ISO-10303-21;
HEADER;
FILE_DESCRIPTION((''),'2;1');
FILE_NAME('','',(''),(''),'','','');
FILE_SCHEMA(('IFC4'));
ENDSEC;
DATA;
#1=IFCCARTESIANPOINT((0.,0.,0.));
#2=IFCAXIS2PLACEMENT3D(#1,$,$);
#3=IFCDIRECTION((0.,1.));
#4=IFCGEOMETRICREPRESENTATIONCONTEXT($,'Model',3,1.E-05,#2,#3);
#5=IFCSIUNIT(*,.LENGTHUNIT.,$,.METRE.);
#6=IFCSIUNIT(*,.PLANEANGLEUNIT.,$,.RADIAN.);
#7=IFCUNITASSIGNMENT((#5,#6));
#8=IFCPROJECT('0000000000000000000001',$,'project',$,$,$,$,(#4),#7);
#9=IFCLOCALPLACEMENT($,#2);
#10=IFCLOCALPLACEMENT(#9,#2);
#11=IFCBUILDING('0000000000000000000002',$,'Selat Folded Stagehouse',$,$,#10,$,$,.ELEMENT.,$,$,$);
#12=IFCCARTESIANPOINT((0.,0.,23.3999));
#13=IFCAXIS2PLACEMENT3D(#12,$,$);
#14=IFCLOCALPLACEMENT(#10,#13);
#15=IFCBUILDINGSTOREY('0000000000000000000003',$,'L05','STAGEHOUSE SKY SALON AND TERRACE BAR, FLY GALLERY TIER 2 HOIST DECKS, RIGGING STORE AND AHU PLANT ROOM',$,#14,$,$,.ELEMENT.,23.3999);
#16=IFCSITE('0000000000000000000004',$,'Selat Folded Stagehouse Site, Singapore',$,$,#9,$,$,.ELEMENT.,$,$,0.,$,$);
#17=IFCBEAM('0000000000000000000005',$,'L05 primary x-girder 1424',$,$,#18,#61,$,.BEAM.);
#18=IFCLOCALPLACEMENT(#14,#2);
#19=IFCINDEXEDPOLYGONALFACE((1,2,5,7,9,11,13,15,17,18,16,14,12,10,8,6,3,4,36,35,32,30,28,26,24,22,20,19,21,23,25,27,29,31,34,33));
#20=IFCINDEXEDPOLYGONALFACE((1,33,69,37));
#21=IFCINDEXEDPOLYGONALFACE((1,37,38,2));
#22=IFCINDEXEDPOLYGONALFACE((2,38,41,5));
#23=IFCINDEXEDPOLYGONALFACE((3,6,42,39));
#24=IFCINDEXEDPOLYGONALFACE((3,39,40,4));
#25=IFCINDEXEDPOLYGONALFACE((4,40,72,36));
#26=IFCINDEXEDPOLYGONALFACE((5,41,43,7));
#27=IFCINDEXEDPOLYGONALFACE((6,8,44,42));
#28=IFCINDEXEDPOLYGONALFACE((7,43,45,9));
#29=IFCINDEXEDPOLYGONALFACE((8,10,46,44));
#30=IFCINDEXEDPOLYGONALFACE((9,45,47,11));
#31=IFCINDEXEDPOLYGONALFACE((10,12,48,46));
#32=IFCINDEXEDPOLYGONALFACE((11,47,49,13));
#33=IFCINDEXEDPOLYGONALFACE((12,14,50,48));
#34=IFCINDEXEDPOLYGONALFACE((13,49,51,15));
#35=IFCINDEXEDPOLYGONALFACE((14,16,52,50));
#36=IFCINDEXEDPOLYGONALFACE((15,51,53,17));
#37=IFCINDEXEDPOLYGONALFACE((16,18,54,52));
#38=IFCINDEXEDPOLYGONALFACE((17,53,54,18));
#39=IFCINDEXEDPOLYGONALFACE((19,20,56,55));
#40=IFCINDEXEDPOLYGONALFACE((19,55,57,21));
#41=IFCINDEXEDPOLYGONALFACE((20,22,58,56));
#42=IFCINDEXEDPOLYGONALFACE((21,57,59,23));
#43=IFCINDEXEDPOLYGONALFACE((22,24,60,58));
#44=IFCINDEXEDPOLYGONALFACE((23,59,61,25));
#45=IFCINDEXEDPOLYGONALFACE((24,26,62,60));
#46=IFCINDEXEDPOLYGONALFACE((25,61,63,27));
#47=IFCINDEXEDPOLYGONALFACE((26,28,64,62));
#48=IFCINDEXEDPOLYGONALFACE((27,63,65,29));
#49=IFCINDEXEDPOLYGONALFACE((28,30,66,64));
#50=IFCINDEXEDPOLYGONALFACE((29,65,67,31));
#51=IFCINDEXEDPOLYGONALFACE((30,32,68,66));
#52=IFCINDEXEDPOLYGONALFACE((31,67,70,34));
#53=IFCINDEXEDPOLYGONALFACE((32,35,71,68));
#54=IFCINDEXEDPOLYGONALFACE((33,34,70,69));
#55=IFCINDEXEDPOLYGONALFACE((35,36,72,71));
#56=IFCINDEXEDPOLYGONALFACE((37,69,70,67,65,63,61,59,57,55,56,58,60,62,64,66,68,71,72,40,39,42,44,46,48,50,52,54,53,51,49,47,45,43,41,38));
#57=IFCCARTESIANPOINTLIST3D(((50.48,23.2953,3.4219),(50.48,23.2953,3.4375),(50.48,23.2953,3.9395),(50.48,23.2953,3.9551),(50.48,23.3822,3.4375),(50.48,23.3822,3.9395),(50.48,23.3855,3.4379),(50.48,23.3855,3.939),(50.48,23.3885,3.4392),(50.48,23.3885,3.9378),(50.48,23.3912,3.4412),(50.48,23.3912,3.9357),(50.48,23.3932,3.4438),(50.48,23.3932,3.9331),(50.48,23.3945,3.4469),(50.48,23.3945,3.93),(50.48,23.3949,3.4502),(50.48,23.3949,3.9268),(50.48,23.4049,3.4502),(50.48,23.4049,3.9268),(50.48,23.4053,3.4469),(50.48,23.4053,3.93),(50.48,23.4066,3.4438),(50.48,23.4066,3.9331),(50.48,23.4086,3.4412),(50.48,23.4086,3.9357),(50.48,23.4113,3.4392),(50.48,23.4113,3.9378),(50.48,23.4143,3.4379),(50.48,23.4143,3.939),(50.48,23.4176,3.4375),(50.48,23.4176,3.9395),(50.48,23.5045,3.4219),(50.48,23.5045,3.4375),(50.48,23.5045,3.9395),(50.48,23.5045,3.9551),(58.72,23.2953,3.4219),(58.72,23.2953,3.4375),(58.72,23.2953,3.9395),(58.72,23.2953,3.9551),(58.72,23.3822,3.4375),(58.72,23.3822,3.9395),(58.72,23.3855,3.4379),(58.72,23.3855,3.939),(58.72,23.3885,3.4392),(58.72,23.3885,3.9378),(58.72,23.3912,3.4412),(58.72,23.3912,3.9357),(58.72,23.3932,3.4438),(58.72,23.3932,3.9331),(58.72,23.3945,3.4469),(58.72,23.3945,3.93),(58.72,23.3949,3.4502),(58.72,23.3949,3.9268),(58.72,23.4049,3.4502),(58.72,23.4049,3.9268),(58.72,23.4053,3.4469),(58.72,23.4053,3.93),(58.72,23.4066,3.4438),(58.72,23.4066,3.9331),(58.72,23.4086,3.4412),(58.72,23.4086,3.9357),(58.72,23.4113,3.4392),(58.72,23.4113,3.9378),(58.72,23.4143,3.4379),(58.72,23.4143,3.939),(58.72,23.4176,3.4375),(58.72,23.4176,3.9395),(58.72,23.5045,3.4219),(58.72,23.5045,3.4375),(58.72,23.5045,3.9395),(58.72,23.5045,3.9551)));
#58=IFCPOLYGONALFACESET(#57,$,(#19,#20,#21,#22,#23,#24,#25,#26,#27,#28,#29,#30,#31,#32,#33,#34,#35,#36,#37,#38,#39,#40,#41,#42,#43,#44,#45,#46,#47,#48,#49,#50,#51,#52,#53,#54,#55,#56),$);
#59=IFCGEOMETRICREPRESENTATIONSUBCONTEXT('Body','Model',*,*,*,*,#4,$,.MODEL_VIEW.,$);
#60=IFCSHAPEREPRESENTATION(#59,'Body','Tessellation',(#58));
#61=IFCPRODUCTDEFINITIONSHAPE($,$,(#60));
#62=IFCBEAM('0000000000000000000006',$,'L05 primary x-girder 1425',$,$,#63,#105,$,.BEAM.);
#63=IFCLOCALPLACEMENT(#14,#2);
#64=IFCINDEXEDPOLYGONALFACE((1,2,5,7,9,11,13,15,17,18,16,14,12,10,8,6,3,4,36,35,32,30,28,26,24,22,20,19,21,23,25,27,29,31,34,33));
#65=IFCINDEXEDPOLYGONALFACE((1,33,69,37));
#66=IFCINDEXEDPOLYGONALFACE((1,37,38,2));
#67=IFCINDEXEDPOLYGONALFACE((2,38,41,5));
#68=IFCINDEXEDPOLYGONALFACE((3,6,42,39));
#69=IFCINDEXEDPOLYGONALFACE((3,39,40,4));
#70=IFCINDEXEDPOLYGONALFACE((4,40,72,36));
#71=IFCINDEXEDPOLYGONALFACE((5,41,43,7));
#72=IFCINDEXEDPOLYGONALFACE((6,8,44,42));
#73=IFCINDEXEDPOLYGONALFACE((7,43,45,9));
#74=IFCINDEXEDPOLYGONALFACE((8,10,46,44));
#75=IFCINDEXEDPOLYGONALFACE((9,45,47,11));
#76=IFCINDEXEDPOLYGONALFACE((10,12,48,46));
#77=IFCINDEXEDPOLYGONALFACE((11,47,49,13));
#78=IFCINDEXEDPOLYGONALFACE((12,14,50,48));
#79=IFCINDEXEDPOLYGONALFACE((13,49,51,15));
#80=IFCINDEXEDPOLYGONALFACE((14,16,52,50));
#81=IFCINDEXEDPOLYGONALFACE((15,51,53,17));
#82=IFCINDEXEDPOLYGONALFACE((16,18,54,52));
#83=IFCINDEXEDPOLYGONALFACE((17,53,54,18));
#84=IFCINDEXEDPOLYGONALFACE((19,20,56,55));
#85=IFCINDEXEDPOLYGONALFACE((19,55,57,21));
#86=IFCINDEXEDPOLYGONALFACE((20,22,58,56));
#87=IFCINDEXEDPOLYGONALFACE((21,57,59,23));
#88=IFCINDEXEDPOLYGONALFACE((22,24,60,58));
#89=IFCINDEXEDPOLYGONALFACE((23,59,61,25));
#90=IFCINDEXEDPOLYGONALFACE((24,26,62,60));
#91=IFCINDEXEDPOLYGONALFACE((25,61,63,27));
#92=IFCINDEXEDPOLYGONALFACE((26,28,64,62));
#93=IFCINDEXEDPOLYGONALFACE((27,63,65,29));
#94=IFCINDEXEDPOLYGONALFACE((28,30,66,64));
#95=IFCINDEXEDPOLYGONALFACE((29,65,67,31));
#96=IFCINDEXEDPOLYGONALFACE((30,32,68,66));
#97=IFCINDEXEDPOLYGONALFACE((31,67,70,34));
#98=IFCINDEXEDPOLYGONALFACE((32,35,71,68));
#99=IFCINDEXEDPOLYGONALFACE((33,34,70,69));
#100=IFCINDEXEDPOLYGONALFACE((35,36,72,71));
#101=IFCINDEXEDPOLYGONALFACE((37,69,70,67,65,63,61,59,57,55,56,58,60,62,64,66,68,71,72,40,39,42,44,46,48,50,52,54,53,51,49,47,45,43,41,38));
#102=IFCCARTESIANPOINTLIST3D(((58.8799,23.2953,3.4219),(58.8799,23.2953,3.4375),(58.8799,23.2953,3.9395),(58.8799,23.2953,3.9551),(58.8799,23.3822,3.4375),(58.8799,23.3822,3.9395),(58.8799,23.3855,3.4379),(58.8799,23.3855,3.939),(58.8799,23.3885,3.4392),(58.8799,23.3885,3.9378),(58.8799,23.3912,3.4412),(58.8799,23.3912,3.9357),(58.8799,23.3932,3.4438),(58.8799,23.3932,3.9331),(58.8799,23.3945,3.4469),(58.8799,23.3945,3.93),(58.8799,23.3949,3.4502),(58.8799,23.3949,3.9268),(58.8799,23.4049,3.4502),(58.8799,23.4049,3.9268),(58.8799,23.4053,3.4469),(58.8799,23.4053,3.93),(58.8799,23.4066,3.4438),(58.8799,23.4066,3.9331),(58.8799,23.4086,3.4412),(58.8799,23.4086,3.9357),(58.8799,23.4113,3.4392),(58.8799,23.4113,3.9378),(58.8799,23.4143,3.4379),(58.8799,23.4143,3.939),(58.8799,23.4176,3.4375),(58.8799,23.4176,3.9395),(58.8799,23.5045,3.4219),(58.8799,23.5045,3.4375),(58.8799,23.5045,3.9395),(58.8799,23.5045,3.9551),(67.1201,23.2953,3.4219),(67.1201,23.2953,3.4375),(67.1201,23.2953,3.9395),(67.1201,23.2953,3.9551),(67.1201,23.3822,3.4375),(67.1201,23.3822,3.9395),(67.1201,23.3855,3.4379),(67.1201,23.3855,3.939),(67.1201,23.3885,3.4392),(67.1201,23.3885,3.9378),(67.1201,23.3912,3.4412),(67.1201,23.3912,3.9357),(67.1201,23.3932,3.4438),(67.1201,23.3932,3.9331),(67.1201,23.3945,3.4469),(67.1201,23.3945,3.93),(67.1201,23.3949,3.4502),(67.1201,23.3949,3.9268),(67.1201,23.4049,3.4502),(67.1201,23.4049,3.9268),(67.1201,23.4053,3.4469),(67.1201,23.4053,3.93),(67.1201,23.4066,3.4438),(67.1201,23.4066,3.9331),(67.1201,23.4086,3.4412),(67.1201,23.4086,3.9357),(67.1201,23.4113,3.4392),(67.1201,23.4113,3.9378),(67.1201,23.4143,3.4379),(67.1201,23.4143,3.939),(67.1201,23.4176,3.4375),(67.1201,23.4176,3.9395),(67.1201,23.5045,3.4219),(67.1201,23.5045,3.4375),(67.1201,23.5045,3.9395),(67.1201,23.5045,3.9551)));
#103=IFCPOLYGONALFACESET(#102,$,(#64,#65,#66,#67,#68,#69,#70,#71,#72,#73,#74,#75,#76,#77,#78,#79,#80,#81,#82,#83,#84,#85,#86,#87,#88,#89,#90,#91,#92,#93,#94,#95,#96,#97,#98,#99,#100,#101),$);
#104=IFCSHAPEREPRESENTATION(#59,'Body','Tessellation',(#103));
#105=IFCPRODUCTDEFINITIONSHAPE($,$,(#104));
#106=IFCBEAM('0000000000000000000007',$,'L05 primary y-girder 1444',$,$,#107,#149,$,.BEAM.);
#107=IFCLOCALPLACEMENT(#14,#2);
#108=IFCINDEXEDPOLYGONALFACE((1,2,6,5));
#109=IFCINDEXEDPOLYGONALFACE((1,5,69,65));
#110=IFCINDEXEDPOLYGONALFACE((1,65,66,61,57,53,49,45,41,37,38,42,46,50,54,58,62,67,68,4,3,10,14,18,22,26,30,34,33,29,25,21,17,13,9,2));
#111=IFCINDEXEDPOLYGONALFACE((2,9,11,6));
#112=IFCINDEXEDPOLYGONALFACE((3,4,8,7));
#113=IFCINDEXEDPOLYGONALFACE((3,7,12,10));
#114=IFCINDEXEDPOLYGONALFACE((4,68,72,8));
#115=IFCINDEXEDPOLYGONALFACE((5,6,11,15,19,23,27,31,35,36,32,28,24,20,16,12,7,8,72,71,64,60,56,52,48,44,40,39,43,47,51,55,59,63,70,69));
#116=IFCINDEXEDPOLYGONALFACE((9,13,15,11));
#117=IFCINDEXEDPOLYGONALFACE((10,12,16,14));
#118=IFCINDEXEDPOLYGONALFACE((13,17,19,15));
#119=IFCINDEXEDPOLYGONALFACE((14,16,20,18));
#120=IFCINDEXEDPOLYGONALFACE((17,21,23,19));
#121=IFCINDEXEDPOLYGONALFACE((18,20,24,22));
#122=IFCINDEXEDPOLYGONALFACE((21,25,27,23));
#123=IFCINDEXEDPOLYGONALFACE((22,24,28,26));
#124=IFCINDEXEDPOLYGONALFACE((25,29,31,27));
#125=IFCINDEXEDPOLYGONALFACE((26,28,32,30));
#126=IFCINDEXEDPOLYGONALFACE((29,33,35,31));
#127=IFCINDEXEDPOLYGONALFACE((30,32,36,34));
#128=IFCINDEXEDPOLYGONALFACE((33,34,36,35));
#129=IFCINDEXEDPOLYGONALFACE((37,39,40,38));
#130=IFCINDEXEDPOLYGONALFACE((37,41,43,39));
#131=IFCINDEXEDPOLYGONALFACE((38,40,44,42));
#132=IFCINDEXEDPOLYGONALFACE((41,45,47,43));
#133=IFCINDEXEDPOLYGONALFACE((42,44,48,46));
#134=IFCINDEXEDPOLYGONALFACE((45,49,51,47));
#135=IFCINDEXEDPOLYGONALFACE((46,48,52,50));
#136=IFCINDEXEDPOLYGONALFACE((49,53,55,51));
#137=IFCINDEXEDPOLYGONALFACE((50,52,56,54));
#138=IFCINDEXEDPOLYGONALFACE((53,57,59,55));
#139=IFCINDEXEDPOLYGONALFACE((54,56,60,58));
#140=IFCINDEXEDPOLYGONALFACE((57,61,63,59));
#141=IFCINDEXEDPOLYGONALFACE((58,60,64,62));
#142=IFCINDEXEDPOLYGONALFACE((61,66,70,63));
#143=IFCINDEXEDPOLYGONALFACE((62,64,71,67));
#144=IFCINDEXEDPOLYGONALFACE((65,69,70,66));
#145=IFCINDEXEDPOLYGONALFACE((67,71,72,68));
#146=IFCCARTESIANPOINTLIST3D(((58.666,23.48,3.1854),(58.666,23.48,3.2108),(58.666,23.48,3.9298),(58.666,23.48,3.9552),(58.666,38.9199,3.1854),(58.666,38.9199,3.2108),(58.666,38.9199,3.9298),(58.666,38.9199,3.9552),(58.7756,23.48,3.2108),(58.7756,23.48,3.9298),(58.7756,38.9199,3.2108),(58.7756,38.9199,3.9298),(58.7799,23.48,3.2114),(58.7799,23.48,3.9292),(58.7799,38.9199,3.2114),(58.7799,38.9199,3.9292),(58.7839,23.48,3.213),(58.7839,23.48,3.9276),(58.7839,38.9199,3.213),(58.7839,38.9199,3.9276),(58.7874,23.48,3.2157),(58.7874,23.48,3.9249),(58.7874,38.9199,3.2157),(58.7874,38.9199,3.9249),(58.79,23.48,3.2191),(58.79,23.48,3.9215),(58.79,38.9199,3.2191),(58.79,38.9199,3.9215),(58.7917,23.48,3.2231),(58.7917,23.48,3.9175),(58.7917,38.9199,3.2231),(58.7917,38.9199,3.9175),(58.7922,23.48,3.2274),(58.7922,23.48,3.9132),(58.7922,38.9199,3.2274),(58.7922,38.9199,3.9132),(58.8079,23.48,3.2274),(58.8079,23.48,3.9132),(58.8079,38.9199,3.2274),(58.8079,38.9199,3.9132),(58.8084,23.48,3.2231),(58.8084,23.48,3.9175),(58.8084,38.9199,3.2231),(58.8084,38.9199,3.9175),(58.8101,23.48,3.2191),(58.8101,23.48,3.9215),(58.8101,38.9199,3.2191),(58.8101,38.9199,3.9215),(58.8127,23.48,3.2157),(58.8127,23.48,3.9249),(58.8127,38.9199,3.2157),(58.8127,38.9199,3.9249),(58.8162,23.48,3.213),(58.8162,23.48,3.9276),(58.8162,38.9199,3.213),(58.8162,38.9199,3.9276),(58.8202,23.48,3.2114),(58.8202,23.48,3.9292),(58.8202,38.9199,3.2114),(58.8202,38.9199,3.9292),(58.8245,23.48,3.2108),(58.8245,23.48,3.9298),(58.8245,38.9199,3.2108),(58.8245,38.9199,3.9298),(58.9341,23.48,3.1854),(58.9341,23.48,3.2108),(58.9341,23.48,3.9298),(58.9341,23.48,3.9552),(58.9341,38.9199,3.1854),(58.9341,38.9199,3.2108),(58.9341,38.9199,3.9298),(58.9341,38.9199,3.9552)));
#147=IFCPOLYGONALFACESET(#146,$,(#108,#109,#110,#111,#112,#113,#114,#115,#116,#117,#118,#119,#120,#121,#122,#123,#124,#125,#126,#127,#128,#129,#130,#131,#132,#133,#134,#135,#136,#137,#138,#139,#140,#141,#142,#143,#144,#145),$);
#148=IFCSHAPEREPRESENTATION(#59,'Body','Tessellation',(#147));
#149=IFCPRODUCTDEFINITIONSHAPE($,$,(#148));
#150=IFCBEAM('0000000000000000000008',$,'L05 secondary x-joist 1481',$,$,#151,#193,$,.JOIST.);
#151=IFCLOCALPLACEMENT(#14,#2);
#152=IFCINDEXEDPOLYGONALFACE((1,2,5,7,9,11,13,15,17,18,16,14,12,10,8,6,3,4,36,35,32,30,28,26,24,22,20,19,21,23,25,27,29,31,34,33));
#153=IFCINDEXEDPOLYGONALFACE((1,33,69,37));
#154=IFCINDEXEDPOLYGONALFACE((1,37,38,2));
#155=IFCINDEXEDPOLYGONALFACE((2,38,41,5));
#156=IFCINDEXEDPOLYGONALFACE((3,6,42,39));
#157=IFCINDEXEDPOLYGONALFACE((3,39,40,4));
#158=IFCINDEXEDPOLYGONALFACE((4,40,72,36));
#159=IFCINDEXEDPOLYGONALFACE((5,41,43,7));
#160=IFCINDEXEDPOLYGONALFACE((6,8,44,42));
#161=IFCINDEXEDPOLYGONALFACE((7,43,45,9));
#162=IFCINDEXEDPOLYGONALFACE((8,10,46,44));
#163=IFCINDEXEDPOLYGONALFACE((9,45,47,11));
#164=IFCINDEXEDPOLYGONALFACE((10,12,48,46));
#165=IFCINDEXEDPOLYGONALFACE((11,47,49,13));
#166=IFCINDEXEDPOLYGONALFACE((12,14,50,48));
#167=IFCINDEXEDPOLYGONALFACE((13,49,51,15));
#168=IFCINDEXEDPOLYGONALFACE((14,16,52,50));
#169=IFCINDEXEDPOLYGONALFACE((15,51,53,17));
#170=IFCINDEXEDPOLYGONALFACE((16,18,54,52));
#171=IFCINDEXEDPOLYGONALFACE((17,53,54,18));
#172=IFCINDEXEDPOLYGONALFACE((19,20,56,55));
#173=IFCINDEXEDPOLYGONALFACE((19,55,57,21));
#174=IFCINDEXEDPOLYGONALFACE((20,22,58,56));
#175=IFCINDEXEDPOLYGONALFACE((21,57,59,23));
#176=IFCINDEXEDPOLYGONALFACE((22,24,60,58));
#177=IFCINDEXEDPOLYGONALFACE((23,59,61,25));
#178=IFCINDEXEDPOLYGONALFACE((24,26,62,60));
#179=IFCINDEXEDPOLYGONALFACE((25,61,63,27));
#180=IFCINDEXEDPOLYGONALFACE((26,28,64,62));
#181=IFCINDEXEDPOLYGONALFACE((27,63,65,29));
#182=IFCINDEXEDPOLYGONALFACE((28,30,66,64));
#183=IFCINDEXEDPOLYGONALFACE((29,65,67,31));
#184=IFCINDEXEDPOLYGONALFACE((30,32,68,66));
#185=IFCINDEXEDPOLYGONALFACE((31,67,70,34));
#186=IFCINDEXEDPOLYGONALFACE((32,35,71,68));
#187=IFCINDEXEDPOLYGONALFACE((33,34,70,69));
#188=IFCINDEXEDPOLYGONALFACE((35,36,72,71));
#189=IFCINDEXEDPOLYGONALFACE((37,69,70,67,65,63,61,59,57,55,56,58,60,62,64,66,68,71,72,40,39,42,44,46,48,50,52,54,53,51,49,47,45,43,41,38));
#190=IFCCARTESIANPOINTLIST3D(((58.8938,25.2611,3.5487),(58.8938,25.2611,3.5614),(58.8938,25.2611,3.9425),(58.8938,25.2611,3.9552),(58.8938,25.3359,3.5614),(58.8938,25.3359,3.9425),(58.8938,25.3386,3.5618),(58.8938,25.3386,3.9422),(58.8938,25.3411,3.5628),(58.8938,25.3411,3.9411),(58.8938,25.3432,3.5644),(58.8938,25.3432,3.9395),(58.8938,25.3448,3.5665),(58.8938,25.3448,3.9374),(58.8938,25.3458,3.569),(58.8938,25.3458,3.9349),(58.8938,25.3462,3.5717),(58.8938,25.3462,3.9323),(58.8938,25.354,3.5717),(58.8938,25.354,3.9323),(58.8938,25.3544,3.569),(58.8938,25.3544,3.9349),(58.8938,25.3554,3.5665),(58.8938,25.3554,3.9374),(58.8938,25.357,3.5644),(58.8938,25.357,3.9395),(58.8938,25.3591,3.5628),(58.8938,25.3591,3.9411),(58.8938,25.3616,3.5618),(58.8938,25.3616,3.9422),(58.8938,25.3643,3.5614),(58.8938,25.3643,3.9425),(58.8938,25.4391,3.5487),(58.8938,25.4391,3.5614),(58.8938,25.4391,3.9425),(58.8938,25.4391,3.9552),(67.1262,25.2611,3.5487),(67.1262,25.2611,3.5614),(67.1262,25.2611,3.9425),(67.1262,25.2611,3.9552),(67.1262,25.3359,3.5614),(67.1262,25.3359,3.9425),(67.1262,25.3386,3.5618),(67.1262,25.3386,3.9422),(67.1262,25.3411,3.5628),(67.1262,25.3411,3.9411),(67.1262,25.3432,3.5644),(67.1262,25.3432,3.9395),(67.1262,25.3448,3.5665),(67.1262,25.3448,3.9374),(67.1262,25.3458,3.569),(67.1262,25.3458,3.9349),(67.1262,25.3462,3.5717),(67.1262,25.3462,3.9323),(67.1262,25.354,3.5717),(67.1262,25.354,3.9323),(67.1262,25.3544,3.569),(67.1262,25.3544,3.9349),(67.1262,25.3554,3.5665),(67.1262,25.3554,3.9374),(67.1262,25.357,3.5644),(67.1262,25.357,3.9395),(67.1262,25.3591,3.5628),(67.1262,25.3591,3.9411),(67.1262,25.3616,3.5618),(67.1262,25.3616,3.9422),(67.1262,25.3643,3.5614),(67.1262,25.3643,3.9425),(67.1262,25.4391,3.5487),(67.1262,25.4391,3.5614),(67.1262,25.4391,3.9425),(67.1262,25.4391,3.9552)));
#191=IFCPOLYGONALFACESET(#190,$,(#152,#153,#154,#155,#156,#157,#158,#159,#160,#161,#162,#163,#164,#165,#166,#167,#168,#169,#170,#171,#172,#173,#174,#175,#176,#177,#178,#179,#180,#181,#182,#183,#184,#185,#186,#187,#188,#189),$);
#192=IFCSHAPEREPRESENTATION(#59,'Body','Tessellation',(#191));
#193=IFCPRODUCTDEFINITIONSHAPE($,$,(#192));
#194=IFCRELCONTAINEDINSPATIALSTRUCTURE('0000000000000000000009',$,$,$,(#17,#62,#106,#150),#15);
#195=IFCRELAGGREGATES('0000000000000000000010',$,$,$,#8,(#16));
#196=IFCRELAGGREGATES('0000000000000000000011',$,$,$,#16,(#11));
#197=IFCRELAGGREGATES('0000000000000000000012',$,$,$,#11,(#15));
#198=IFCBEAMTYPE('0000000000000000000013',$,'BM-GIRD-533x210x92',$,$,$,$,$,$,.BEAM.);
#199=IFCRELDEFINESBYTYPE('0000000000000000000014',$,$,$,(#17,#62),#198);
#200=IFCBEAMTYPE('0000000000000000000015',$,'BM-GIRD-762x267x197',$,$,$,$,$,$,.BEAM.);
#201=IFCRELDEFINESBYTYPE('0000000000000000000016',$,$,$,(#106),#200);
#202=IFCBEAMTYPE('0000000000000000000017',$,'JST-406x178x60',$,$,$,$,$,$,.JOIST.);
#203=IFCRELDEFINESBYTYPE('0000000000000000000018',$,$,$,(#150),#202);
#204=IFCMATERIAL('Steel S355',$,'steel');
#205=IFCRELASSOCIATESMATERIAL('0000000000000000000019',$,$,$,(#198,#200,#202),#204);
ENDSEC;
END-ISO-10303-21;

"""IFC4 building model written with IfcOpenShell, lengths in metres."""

from ifc_helpers import new_model, si_unit, direction, frame, origin, origin_2d, place, context, subcontext, project, spatial, i_section, extrude, material, material_profile, profile_set, type_object, element, save


model = new_model("IFC4")

# Units and contexts
model_context = context("Model", 3, precision=1e-05, world=origin(), true_north=direction((0.0, 1.0)))
body_context = subcontext(model_context, "Body", "Model", "MODEL_VIEW")
ifc_project = project(units=[si_unit("LENGTHUNIT", "METRE"), si_unit("PLANEANGLEUNIT", "RADIAN")], contexts=[model_context])

# Site, building, storey
site_placement = place(None, origin())
site = spatial("IfcSite", under=ifc_project, at=site_placement, Name="Selat Folded Stagehouse Site, Singapore", CompositionType="ELEMENT", RefElevation=0.0)
building_placement = place(site_placement, origin())
building = spatial("IfcBuilding", under=site, at=building_placement, Name="Selat Folded Stagehouse", CompositionType="ELEMENT")
storey_placement = place(building_placement, frame((0.0, 0.0, 23.3999)))
storey = spatial("IfcBuildingStorey", under=building, at=storey_placement, Name="L05", Description="STAGEHOUSE SKY SALON AND TERRACE BAR, FLY GALLERY TIER 2 HOIST DECKS, RIGGING STORE AND AHU PLANT ROOM", CompositionType="ELEMENT", Elevation=23.3999)

# Shared definitions
ifc_material_1 = material(Name="Steel S355", Category="steel")

# Beams
ifc_material_profile_1 = material_profile(ifc_material_1, i_section(OverallWidth=0.2092, OverallDepth=0.5332, WebThickness=0.01, FlangeThickness=0.0156, FilletRadius=0.0127, at=origin_2d()), Name="UKB 533x210x92")
ifc_profile_set_1 = profile_set([ifc_material_profile_1], Name="Steel S355")
beam_type_1 = type_object("IfcBeamType", Name="BM-GIRD-533x210x92", PredefinedType="BEAM", material=ifc_profile_set_1)
beam_1_placement = place(storey_placement, frame((50.48, 23.3999, 3.6885), z_axis=(1.0, 0.0, 0.0), x_axis=(0.0, 1.0, 0.0)))
element("IfcBeam", 1, at=beam_1_placement, inside=storey, type_object=beam_type_1, Name="L05 primary x-girder 1424", PredefinedType="BEAM", context=body_context, shape_type="SweptSolid", body=[
    extrude(i_section(OverallWidth=0.2092, OverallDepth=0.5332, WebThickness=0.01, FlangeThickness=0.0156, FilletRadius=0.0127, at=origin_2d()), origin(), (0.0, 0.0, 1.0), 8.24),
])
beam_2_placement = place(storey_placement, frame((58.8799, 23.3999, 3.6885), z_axis=(1.0, 0.0, 0.0), x_axis=(0.0, 1.0, 0.0)))
element("IfcBeam", 2, at=beam_2_placement, inside=storey, type_object=beam_type_1, Name="L05 primary x-girder 1425", PredefinedType="BEAM", context=body_context, shape_type="SweptSolid", body=[
    extrude(i_section(OverallWidth=0.2092, OverallDepth=0.5332, WebThickness=0.01, FlangeThickness=0.0156, FilletRadius=0.0127, at=origin_2d()), origin(), (0.0, 0.0, 1.0), 8.2402),
])
ifc_material_profile_2 = material_profile(ifc_material_1, i_section(OverallWidth=0.2681, OverallDepth=0.7698, WebThickness=0.0156, FlangeThickness=0.0254, FilletRadius=0.0166, at=origin_2d()), Name="UKB 762x267x197")
ifc_profile_set_2 = profile_set([ifc_material_profile_2], Name="Steel S355")
beam_type_2 = type_object("IfcBeamType", Name="BM-GIRD-762x267x197", PredefinedType="BEAM", material=ifc_profile_set_2)
beam_3_placement = place(storey_placement, frame((58.8, 23.48, 3.5703), z_axis=(0.0, 1.0, 0.0), x_axis=(-1.0, 0.0, 0.0)))
element("IfcBeam", 3, at=beam_3_placement, inside=storey, type_object=beam_type_2, Name="L05 primary y-girder 1444", PredefinedType="BEAM", context=body_context, shape_type="SweptSolid", body=[
    extrude(i_section(OverallWidth=0.2681, OverallDepth=0.7698, WebThickness=0.0156, FlangeThickness=0.0254, FilletRadius=0.0166, at=origin_2d()), origin(), (0.0, 0.0, 1.0), 15.4399),
])
ifc_material_profile_3 = material_profile(ifc_material_1, i_section(OverallWidth=0.178, OverallDepth=0.4065, WebThickness=0.0078, FlangeThickness=0.0127, FilletRadius=0.0103, at=origin_2d()), Name="UKB 406x178x60")
ifc_profile_set_3 = profile_set([ifc_material_profile_3], Name="Steel S355")
beam_type_3 = type_object("IfcBeamType", Name="JST-406x178x60", PredefinedType="JOIST", material=ifc_profile_set_3)
beam_4_placement = place(storey_placement, frame((58.8938, 25.3501, 3.752), z_axis=(1.0, 0.0, 0.0), x_axis=(0.0, 1.0, 0.0)))
element("IfcBeam", 4, at=beam_4_placement, inside=storey, type_object=beam_type_3, Name="L05 secondary x-joist 1481", PredefinedType="JOIST", context=body_context, shape_type="SweptSolid", body=[
    extrude(i_section(OverallWidth=0.178, OverallDepth=0.4065, WebThickness=0.0078, FlangeThickness=0.0127, FilletRadius=0.0103, at=origin_2d()), origin(), (0.0, 0.0, 1.0), 8.2324),
])

save(model, "model.ifc")
